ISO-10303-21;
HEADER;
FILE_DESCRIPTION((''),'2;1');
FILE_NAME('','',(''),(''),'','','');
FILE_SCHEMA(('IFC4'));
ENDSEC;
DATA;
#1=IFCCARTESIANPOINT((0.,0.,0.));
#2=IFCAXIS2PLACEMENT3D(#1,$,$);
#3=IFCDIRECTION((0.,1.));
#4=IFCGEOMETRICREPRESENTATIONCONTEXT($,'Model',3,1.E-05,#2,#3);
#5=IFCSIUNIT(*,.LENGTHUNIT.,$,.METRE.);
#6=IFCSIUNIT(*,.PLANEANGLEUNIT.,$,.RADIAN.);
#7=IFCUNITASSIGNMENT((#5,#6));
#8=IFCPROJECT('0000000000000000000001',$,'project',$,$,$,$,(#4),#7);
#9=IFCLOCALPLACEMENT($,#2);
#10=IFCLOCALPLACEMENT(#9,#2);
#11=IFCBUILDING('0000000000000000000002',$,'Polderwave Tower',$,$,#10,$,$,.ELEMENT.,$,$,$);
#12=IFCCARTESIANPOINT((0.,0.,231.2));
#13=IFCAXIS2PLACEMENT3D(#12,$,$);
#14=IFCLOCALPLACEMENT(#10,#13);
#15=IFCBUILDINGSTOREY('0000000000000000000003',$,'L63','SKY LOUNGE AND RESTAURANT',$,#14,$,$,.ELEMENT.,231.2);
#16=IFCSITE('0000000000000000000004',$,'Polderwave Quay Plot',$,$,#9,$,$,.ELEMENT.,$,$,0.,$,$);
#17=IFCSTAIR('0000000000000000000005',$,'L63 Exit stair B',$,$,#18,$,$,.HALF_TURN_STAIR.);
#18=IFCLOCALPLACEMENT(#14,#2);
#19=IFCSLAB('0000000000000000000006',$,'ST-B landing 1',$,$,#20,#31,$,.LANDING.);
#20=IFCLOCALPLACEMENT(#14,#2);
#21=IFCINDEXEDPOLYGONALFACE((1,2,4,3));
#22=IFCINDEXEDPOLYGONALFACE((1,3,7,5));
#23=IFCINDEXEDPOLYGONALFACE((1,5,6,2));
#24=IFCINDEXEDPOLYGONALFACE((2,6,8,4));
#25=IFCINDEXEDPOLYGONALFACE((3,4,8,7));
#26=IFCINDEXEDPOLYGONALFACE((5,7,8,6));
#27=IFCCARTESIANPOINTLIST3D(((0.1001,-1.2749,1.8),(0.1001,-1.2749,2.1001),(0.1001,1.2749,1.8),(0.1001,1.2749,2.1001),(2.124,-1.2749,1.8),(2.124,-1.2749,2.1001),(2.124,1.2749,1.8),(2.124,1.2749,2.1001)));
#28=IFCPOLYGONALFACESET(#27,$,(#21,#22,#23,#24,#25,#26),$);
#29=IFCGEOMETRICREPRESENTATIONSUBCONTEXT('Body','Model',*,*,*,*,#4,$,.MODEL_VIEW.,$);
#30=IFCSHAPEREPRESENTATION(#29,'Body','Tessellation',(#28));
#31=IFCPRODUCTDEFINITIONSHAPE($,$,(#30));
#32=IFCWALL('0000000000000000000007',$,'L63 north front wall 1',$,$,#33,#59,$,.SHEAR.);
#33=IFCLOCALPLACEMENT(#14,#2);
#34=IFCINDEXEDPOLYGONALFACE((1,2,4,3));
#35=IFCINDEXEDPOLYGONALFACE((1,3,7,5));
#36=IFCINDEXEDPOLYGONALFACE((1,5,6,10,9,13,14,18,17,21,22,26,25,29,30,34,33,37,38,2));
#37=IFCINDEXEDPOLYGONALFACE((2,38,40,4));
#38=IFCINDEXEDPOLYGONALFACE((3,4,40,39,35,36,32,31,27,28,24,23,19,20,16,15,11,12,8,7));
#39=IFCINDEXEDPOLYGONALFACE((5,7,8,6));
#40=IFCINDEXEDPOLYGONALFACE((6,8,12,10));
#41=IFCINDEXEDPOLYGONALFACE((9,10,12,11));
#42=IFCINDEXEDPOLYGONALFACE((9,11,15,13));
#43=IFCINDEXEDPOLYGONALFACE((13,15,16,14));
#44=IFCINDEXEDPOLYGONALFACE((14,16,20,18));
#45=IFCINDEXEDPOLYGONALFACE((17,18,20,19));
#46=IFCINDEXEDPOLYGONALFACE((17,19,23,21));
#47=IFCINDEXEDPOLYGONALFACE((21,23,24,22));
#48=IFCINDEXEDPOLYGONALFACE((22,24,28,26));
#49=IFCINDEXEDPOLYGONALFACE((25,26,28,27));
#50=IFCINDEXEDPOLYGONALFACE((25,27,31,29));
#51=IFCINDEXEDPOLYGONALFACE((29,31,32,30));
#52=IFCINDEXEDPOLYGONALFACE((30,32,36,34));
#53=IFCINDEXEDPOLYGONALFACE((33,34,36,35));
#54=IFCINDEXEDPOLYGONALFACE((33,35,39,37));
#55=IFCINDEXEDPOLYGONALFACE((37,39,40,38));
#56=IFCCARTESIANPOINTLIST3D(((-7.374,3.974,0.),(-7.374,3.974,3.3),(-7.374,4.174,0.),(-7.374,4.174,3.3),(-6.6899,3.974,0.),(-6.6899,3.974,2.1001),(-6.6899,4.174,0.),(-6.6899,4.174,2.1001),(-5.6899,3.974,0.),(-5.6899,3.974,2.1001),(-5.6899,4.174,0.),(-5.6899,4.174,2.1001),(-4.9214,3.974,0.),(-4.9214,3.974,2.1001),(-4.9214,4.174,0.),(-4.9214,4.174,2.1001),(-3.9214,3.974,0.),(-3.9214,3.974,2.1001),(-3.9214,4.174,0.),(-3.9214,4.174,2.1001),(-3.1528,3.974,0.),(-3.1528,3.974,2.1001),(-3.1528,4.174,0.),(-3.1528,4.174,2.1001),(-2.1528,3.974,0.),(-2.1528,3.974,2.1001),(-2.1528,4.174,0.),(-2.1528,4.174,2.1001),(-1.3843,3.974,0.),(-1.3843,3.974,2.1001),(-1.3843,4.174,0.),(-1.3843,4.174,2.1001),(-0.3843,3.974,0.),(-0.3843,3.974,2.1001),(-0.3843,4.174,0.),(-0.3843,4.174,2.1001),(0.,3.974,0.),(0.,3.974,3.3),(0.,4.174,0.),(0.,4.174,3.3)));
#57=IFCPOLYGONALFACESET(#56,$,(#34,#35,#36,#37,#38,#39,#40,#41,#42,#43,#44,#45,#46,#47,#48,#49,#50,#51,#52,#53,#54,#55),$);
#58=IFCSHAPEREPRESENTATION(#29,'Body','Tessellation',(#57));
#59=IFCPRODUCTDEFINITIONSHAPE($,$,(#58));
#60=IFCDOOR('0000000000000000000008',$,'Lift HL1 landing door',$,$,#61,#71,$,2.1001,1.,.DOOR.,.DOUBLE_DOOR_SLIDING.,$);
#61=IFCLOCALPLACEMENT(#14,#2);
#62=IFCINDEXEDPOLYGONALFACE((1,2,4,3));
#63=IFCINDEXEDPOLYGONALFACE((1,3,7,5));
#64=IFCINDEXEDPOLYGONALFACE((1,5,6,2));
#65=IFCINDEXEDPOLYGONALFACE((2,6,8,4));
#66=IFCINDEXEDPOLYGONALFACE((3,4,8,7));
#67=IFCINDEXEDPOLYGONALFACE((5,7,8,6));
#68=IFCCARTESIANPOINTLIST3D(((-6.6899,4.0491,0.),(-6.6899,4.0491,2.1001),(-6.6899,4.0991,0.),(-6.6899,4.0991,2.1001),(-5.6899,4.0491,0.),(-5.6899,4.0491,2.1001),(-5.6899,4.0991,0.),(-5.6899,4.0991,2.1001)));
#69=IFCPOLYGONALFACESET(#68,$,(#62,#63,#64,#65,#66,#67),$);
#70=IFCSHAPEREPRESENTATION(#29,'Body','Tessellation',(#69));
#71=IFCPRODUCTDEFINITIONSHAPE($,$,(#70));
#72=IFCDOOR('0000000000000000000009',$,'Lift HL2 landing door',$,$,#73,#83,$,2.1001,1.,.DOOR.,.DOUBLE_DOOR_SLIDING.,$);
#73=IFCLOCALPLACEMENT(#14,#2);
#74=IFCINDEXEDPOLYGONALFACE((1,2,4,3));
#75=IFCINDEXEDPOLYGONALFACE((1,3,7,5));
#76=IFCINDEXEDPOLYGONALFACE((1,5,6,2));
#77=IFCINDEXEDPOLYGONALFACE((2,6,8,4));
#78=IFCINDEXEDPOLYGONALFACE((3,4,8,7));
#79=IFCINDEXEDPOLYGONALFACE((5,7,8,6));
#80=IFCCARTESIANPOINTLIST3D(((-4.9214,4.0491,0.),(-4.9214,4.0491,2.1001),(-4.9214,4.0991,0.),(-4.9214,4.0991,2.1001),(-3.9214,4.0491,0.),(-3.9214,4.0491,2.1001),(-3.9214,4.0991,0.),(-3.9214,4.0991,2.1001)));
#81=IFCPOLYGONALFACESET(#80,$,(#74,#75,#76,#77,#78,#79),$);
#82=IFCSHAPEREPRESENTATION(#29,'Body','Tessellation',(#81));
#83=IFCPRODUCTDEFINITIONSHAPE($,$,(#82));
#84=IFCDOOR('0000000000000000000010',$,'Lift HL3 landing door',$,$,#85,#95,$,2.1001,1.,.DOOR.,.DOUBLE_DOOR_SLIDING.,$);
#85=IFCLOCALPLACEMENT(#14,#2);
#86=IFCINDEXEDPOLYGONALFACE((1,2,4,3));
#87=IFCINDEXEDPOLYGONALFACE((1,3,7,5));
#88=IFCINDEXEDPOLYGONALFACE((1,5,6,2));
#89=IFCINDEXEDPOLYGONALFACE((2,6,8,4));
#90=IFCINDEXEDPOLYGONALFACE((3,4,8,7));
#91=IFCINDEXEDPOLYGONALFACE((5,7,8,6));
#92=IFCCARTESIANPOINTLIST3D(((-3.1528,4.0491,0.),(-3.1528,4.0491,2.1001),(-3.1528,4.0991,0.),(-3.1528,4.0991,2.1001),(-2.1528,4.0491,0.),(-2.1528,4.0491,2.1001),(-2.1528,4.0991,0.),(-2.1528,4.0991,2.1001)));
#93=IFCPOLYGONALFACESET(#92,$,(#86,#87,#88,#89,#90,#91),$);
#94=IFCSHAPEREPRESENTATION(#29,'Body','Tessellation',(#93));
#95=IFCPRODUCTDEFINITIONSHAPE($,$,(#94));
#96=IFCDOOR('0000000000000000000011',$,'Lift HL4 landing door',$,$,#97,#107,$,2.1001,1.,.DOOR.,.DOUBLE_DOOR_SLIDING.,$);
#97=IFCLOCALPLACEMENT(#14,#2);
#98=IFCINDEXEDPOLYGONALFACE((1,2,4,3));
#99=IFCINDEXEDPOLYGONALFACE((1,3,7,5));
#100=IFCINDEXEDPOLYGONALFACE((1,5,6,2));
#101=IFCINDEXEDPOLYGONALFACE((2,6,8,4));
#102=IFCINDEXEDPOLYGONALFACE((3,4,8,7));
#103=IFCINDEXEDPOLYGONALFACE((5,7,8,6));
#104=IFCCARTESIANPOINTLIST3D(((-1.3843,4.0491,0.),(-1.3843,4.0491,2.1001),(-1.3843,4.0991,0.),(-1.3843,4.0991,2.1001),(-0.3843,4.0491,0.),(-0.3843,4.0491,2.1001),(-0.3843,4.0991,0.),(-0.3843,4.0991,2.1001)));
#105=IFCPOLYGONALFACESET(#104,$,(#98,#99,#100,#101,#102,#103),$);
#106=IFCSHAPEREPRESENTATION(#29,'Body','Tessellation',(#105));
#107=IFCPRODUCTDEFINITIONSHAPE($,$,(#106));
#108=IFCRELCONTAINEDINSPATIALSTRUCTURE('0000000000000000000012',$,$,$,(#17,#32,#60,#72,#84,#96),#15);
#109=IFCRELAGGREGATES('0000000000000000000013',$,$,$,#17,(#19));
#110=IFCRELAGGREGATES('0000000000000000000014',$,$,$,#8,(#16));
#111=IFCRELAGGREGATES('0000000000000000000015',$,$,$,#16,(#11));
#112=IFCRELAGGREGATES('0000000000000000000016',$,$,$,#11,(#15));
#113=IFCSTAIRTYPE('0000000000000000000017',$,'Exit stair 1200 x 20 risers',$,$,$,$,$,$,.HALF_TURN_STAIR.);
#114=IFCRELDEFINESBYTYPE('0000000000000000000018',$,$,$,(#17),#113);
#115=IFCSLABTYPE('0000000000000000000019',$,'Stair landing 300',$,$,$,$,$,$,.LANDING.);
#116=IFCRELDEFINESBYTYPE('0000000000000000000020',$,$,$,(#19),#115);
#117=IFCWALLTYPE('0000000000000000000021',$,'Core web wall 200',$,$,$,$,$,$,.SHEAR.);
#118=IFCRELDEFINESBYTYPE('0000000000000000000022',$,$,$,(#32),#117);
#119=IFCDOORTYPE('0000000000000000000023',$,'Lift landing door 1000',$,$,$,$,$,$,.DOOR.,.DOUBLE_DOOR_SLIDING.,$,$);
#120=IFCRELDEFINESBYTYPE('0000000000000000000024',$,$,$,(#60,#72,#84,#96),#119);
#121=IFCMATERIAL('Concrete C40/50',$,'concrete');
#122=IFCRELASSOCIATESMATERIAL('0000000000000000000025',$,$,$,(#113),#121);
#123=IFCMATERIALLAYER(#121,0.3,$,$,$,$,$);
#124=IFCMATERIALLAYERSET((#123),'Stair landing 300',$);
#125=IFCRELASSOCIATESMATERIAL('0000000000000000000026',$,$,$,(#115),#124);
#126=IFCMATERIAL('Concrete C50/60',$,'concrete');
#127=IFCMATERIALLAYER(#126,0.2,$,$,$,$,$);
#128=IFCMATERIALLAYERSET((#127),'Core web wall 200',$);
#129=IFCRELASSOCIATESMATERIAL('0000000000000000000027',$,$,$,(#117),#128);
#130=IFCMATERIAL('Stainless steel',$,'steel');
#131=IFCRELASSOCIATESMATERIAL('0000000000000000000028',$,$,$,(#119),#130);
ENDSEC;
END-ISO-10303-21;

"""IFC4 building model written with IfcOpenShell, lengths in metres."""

from ifc_helpers import new_model, si_unit, direction, frame, frame_2d, origin, place, context, subcontext, project, spatial, polyline, rectangle, outline, extrude, material, layer, layer_set, type_object, element, fill, aggregate, save


model = new_model("IFC4")

# Units and contexts
model_context = context("Model", 3, precision=1e-05, world=origin(), true_north=direction((0.0, 1.0)))
body_context = subcontext(model_context, "Body", "Model", "MODEL_VIEW")
ifc_project = project(units=[si_unit("LENGTHUNIT", "METRE"), si_unit("PLANEANGLEUNIT", "RADIAN")], contexts=[model_context])

# Site, building, storey
site_placement = place(None, origin())
site = spatial("IfcSite", under=ifc_project, at=site_placement, Name="Polderwave Quay Plot", CompositionType="ELEMENT", RefElevation=0.0)
building_placement = place(site_placement, origin())
building = spatial("IfcBuilding", under=site, at=building_placement, Name="Polderwave Tower", CompositionType="ELEMENT")
storey_placement = place(building_placement, frame((0.0, 0.0, 231.2)))
storey = spatial("IfcBuildingStorey", under=building, at=storey_placement, Name="L63", Description="SKY LOUNGE AND RESTAURANT", CompositionType="ELEMENT", Elevation=231.2)

# Shared definitions
ifc_material_1 = material(Name="Concrete C40/50", Category="concrete")

# Stair, slab
stair_type = type_object("IfcStairType", Name="Exit stair 1200 x 20 risers", PredefinedType="HALF_TURN_STAIR", material=ifc_material_1)
ifc_layer_1 = layer(ifc_material_1, 0.3)
ifc_layer_set_1 = layer_set([ifc_layer_1], Name="Stair landing 300")
slab_type_1 = type_object("IfcSlabType", Name="Stair landing 300", PredefinedType="LANDING", material=ifc_layer_set_1)
stair_1_placement = place(storey_placement, origin())
stair_1 = element("IfcStair", 1, at=stair_1_placement, inside=storey, type_object=stair_type, Name="L63 Exit stair B", PredefinedType="HALF_TURN_STAIR")
slab_1_placement = place(storey_placement, frame((0.0, 0.0, 1.8)))
slab_1 = element("IfcSlab", 2, at=slab_1_placement, type_object=slab_type_1, Name="ST-B landing 1", PredefinedType="LANDING", context=body_context, shape_type="SweptSolid", body=[
    extrude(outline(polyline([(2.124, 1.2749), (0.1001, 1.2749), (0.1001, -1.2749), (2.124, -1.2749), (2.124, 1.2749)])), origin(), (0.0, 0.0, 1.0), 0.3),
])
aggregate(stair_1, [slab_1])

# Wall, openings, doors
ifc_material_2 = material(Name="Concrete C50/60", Category="concrete")
ifc_layer_2 = layer(ifc_material_2, 0.2)
ifc_layer_set_2 = layer_set([ifc_layer_2], Name="Core web wall 200")
wall_type_1 = type_object("IfcWallType", Name="Core web wall 200", PredefinedType="SHEAR", material=ifc_layer_set_2)
wall_1_placement = place(storey_placement, frame((-7.374, 4.074, 0.0), z_axis=(0.0, 0.0, 1.0), x_axis=(1.0, 0.0, 0.0)))
wall_1 = element("IfcWall", 3, at=wall_1_placement, inside=storey, type_object=wall_type_1, Name="L63 north front wall 1", PredefinedType="SHEAR", context=body_context, shape_type="SweptSolid", body=[
    extrude(rectangle(XDim=7.374, YDim=0.2, at=frame_2d((3.687, 0.0))), origin(), (0.0, 0.0, 1.0), 3.3),
])
opening_1_placement = place(wall_1_placement, frame((0.6841, 0.0, 0.0)))
opening_1 = element("IfcOpeningElement", 4, at=opening_1_placement, cuts=wall_1, PredefinedType="OPENING", context=body_context, shape_type="SweptSolid", body=[
    extrude(rectangle(XDim=1.0, YDim=2.1001, at=frame_2d((0.5, 1.05))), frame((0.0, 0.1099, 0.0), z_axis=(0.0, -1.0, 0.0), x_axis=(1.0, 0.0, 0.0)), (0.0, 0.0, 1.0), 0.22),
])
opening_2_placement = place(wall_1_placement, frame((2.4526, 0.0, 0.0)))
opening_2 = element("IfcOpeningElement", 5, at=opening_2_placement, cuts=wall_1, PredefinedType="OPENING", context=body_context, shape_type="SweptSolid", body=[
    extrude(rectangle(XDim=1.0, YDim=2.1001, at=frame_2d((0.5, 1.05))), frame((0.0, 0.1099, 0.0), z_axis=(0.0, -1.0, 0.0), x_axis=(1.0, 0.0, 0.0)), (0.0, 0.0, 1.0), 0.22),
])
opening_3_placement = place(wall_1_placement, frame((4.2212, 0.0, 0.0)))
opening_3 = element("IfcOpeningElement", 6, at=opening_3_placement, cuts=wall_1, PredefinedType="OPENING", context=body_context, shape_type="SweptSolid", body=[
    extrude(rectangle(XDim=1.0, YDim=2.1001, at=frame_2d((0.5, 1.05))), frame((0.0, 0.1099, 0.0), z_axis=(0.0, -1.0, 0.0), x_axis=(1.0, 0.0, 0.0)), (0.0, 0.0, 1.0), 0.22),
])
opening_4_placement = place(wall_1_placement, frame((5.9897, 0.0, 0.0)))
opening_4 = element("IfcOpeningElement", 7, at=opening_4_placement, cuts=wall_1, PredefinedType="OPENING", context=body_context, shape_type="SweptSolid", body=[
    extrude(rectangle(XDim=1.0, YDim=2.1001, at=frame_2d((0.5, 1.05))), frame((0.0, 0.1099, 0.0), z_axis=(0.0, -1.0, 0.0), x_axis=(1.0, 0.0, 0.0)), (0.0, 0.0, 1.0), 0.22),
])
ifc_material_3 = material(Name="Stainless steel", Category="steel")
door_type_1 = type_object("IfcDoorType", Name="Lift landing door 1000", OperationType="DOUBLE_DOOR_SLIDING", PredefinedType="DOOR", material=ifc_material_3)
door_1_placement = place(opening_1_placement, frame((1.0, 0.0, 0.0), z_axis=(0.0, 0.0, 1.0), x_axis=(-1.0, 0.0, 0.0)))
door_1 = element("IfcDoor", 8, at=door_1_placement, inside=storey, type_object=door_type_1, Name="Lift HL1 landing door", OperationType="DOUBLE_DOOR_SLIDING", OverallHeight=2.1001, OverallWidth=1.0, PredefinedType="DOOR", context=body_context, shape_type="SweptSolid", body=[
    extrude(rectangle(XDim=1.0, YDim=2.1001, at=frame_2d((0.5, 1.05))), frame((0.0, 0.0249, 0.0), z_axis=(0.0, -1.0, 0.0), x_axis=(1.0, 0.0, 0.0)), (0.0, 0.0, 1.0), 0.05),
])
fill(opening_1, door_1)
door_2_placement = place(opening_2_placement, frame((1.0, 0.0, 0.0), z_axis=(0.0, 0.0, 1.0), x_axis=(-1.0, 0.0, 0.0)))
door_2 = element("IfcDoor", 9, at=door_2_placement, inside=storey, type_object=door_type_1, Name="Lift HL2 landing door", OperationType="DOUBLE_DOOR_SLIDING", OverallHeight=2.1001, OverallWidth=1.0, PredefinedType="DOOR", context=body_context, shape_type="SweptSolid", body=[
    extrude(rectangle(XDim=1.0, YDim=2.1001, at=frame_2d((0.5, 1.05))), frame((0.0, 0.0249, 0.0), z_axis=(0.0, -1.0, 0.0), x_axis=(1.0, 0.0, 0.0)), (0.0, 0.0, 1.0), 0.05),
])
fill(opening_2, door_2)
door_3_placement = place(opening_3_placement, frame((1.0, 0.0, 0.0), z_axis=(0.0, 0.0, 1.0), x_axis=(-1.0, 0.0, 0.0)))
door_3 = element("IfcDoor", 10, at=door_3_placement, inside=storey, type_object=door_type_1, Name="Lift HL3 landing door", OperationType="DOUBLE_DOOR_SLIDING", OverallHeight=2.1001, OverallWidth=1.0, PredefinedType="DOOR", context=body_context, shape_type="SweptSolid", body=[
    extrude(rectangle(XDim=1.0, YDim=2.1001, at=frame_2d((0.5, 1.05))), frame((0.0, 0.0249, 0.0), z_axis=(0.0, -1.0, 0.0), x_axis=(1.0, 0.0, 0.0)), (0.0, 0.0, 1.0), 0.05),
])
fill(opening_3, door_3)
door_4_placement = place(opening_4_placement, frame((1.0, 0.0, 0.0), z_axis=(0.0, 0.0, 1.0), x_axis=(-1.0, 0.0, 0.0)))
door_4 = element("IfcDoor", 11, at=door_4_placement, inside=storey, type_object=door_type_1, Name="Lift HL4 landing door", OperationType="DOUBLE_DOOR_SLIDING", OverallHeight=2.1001, OverallWidth=1.0, PredefinedType="DOOR", context=body_context, shape_type="SweptSolid", body=[
    extrude(rectangle(XDim=1.0, YDim=2.1001, at=frame_2d((0.5, 1.05))), frame((0.0, 0.0249, 0.0), z_axis=(0.0, -1.0, 0.0), x_axis=(1.0, 0.0, 0.0)), (0.0, 0.0, 1.0), 0.05),
])
fill(opening_4, door_4)

save(model, "model.ifc")
